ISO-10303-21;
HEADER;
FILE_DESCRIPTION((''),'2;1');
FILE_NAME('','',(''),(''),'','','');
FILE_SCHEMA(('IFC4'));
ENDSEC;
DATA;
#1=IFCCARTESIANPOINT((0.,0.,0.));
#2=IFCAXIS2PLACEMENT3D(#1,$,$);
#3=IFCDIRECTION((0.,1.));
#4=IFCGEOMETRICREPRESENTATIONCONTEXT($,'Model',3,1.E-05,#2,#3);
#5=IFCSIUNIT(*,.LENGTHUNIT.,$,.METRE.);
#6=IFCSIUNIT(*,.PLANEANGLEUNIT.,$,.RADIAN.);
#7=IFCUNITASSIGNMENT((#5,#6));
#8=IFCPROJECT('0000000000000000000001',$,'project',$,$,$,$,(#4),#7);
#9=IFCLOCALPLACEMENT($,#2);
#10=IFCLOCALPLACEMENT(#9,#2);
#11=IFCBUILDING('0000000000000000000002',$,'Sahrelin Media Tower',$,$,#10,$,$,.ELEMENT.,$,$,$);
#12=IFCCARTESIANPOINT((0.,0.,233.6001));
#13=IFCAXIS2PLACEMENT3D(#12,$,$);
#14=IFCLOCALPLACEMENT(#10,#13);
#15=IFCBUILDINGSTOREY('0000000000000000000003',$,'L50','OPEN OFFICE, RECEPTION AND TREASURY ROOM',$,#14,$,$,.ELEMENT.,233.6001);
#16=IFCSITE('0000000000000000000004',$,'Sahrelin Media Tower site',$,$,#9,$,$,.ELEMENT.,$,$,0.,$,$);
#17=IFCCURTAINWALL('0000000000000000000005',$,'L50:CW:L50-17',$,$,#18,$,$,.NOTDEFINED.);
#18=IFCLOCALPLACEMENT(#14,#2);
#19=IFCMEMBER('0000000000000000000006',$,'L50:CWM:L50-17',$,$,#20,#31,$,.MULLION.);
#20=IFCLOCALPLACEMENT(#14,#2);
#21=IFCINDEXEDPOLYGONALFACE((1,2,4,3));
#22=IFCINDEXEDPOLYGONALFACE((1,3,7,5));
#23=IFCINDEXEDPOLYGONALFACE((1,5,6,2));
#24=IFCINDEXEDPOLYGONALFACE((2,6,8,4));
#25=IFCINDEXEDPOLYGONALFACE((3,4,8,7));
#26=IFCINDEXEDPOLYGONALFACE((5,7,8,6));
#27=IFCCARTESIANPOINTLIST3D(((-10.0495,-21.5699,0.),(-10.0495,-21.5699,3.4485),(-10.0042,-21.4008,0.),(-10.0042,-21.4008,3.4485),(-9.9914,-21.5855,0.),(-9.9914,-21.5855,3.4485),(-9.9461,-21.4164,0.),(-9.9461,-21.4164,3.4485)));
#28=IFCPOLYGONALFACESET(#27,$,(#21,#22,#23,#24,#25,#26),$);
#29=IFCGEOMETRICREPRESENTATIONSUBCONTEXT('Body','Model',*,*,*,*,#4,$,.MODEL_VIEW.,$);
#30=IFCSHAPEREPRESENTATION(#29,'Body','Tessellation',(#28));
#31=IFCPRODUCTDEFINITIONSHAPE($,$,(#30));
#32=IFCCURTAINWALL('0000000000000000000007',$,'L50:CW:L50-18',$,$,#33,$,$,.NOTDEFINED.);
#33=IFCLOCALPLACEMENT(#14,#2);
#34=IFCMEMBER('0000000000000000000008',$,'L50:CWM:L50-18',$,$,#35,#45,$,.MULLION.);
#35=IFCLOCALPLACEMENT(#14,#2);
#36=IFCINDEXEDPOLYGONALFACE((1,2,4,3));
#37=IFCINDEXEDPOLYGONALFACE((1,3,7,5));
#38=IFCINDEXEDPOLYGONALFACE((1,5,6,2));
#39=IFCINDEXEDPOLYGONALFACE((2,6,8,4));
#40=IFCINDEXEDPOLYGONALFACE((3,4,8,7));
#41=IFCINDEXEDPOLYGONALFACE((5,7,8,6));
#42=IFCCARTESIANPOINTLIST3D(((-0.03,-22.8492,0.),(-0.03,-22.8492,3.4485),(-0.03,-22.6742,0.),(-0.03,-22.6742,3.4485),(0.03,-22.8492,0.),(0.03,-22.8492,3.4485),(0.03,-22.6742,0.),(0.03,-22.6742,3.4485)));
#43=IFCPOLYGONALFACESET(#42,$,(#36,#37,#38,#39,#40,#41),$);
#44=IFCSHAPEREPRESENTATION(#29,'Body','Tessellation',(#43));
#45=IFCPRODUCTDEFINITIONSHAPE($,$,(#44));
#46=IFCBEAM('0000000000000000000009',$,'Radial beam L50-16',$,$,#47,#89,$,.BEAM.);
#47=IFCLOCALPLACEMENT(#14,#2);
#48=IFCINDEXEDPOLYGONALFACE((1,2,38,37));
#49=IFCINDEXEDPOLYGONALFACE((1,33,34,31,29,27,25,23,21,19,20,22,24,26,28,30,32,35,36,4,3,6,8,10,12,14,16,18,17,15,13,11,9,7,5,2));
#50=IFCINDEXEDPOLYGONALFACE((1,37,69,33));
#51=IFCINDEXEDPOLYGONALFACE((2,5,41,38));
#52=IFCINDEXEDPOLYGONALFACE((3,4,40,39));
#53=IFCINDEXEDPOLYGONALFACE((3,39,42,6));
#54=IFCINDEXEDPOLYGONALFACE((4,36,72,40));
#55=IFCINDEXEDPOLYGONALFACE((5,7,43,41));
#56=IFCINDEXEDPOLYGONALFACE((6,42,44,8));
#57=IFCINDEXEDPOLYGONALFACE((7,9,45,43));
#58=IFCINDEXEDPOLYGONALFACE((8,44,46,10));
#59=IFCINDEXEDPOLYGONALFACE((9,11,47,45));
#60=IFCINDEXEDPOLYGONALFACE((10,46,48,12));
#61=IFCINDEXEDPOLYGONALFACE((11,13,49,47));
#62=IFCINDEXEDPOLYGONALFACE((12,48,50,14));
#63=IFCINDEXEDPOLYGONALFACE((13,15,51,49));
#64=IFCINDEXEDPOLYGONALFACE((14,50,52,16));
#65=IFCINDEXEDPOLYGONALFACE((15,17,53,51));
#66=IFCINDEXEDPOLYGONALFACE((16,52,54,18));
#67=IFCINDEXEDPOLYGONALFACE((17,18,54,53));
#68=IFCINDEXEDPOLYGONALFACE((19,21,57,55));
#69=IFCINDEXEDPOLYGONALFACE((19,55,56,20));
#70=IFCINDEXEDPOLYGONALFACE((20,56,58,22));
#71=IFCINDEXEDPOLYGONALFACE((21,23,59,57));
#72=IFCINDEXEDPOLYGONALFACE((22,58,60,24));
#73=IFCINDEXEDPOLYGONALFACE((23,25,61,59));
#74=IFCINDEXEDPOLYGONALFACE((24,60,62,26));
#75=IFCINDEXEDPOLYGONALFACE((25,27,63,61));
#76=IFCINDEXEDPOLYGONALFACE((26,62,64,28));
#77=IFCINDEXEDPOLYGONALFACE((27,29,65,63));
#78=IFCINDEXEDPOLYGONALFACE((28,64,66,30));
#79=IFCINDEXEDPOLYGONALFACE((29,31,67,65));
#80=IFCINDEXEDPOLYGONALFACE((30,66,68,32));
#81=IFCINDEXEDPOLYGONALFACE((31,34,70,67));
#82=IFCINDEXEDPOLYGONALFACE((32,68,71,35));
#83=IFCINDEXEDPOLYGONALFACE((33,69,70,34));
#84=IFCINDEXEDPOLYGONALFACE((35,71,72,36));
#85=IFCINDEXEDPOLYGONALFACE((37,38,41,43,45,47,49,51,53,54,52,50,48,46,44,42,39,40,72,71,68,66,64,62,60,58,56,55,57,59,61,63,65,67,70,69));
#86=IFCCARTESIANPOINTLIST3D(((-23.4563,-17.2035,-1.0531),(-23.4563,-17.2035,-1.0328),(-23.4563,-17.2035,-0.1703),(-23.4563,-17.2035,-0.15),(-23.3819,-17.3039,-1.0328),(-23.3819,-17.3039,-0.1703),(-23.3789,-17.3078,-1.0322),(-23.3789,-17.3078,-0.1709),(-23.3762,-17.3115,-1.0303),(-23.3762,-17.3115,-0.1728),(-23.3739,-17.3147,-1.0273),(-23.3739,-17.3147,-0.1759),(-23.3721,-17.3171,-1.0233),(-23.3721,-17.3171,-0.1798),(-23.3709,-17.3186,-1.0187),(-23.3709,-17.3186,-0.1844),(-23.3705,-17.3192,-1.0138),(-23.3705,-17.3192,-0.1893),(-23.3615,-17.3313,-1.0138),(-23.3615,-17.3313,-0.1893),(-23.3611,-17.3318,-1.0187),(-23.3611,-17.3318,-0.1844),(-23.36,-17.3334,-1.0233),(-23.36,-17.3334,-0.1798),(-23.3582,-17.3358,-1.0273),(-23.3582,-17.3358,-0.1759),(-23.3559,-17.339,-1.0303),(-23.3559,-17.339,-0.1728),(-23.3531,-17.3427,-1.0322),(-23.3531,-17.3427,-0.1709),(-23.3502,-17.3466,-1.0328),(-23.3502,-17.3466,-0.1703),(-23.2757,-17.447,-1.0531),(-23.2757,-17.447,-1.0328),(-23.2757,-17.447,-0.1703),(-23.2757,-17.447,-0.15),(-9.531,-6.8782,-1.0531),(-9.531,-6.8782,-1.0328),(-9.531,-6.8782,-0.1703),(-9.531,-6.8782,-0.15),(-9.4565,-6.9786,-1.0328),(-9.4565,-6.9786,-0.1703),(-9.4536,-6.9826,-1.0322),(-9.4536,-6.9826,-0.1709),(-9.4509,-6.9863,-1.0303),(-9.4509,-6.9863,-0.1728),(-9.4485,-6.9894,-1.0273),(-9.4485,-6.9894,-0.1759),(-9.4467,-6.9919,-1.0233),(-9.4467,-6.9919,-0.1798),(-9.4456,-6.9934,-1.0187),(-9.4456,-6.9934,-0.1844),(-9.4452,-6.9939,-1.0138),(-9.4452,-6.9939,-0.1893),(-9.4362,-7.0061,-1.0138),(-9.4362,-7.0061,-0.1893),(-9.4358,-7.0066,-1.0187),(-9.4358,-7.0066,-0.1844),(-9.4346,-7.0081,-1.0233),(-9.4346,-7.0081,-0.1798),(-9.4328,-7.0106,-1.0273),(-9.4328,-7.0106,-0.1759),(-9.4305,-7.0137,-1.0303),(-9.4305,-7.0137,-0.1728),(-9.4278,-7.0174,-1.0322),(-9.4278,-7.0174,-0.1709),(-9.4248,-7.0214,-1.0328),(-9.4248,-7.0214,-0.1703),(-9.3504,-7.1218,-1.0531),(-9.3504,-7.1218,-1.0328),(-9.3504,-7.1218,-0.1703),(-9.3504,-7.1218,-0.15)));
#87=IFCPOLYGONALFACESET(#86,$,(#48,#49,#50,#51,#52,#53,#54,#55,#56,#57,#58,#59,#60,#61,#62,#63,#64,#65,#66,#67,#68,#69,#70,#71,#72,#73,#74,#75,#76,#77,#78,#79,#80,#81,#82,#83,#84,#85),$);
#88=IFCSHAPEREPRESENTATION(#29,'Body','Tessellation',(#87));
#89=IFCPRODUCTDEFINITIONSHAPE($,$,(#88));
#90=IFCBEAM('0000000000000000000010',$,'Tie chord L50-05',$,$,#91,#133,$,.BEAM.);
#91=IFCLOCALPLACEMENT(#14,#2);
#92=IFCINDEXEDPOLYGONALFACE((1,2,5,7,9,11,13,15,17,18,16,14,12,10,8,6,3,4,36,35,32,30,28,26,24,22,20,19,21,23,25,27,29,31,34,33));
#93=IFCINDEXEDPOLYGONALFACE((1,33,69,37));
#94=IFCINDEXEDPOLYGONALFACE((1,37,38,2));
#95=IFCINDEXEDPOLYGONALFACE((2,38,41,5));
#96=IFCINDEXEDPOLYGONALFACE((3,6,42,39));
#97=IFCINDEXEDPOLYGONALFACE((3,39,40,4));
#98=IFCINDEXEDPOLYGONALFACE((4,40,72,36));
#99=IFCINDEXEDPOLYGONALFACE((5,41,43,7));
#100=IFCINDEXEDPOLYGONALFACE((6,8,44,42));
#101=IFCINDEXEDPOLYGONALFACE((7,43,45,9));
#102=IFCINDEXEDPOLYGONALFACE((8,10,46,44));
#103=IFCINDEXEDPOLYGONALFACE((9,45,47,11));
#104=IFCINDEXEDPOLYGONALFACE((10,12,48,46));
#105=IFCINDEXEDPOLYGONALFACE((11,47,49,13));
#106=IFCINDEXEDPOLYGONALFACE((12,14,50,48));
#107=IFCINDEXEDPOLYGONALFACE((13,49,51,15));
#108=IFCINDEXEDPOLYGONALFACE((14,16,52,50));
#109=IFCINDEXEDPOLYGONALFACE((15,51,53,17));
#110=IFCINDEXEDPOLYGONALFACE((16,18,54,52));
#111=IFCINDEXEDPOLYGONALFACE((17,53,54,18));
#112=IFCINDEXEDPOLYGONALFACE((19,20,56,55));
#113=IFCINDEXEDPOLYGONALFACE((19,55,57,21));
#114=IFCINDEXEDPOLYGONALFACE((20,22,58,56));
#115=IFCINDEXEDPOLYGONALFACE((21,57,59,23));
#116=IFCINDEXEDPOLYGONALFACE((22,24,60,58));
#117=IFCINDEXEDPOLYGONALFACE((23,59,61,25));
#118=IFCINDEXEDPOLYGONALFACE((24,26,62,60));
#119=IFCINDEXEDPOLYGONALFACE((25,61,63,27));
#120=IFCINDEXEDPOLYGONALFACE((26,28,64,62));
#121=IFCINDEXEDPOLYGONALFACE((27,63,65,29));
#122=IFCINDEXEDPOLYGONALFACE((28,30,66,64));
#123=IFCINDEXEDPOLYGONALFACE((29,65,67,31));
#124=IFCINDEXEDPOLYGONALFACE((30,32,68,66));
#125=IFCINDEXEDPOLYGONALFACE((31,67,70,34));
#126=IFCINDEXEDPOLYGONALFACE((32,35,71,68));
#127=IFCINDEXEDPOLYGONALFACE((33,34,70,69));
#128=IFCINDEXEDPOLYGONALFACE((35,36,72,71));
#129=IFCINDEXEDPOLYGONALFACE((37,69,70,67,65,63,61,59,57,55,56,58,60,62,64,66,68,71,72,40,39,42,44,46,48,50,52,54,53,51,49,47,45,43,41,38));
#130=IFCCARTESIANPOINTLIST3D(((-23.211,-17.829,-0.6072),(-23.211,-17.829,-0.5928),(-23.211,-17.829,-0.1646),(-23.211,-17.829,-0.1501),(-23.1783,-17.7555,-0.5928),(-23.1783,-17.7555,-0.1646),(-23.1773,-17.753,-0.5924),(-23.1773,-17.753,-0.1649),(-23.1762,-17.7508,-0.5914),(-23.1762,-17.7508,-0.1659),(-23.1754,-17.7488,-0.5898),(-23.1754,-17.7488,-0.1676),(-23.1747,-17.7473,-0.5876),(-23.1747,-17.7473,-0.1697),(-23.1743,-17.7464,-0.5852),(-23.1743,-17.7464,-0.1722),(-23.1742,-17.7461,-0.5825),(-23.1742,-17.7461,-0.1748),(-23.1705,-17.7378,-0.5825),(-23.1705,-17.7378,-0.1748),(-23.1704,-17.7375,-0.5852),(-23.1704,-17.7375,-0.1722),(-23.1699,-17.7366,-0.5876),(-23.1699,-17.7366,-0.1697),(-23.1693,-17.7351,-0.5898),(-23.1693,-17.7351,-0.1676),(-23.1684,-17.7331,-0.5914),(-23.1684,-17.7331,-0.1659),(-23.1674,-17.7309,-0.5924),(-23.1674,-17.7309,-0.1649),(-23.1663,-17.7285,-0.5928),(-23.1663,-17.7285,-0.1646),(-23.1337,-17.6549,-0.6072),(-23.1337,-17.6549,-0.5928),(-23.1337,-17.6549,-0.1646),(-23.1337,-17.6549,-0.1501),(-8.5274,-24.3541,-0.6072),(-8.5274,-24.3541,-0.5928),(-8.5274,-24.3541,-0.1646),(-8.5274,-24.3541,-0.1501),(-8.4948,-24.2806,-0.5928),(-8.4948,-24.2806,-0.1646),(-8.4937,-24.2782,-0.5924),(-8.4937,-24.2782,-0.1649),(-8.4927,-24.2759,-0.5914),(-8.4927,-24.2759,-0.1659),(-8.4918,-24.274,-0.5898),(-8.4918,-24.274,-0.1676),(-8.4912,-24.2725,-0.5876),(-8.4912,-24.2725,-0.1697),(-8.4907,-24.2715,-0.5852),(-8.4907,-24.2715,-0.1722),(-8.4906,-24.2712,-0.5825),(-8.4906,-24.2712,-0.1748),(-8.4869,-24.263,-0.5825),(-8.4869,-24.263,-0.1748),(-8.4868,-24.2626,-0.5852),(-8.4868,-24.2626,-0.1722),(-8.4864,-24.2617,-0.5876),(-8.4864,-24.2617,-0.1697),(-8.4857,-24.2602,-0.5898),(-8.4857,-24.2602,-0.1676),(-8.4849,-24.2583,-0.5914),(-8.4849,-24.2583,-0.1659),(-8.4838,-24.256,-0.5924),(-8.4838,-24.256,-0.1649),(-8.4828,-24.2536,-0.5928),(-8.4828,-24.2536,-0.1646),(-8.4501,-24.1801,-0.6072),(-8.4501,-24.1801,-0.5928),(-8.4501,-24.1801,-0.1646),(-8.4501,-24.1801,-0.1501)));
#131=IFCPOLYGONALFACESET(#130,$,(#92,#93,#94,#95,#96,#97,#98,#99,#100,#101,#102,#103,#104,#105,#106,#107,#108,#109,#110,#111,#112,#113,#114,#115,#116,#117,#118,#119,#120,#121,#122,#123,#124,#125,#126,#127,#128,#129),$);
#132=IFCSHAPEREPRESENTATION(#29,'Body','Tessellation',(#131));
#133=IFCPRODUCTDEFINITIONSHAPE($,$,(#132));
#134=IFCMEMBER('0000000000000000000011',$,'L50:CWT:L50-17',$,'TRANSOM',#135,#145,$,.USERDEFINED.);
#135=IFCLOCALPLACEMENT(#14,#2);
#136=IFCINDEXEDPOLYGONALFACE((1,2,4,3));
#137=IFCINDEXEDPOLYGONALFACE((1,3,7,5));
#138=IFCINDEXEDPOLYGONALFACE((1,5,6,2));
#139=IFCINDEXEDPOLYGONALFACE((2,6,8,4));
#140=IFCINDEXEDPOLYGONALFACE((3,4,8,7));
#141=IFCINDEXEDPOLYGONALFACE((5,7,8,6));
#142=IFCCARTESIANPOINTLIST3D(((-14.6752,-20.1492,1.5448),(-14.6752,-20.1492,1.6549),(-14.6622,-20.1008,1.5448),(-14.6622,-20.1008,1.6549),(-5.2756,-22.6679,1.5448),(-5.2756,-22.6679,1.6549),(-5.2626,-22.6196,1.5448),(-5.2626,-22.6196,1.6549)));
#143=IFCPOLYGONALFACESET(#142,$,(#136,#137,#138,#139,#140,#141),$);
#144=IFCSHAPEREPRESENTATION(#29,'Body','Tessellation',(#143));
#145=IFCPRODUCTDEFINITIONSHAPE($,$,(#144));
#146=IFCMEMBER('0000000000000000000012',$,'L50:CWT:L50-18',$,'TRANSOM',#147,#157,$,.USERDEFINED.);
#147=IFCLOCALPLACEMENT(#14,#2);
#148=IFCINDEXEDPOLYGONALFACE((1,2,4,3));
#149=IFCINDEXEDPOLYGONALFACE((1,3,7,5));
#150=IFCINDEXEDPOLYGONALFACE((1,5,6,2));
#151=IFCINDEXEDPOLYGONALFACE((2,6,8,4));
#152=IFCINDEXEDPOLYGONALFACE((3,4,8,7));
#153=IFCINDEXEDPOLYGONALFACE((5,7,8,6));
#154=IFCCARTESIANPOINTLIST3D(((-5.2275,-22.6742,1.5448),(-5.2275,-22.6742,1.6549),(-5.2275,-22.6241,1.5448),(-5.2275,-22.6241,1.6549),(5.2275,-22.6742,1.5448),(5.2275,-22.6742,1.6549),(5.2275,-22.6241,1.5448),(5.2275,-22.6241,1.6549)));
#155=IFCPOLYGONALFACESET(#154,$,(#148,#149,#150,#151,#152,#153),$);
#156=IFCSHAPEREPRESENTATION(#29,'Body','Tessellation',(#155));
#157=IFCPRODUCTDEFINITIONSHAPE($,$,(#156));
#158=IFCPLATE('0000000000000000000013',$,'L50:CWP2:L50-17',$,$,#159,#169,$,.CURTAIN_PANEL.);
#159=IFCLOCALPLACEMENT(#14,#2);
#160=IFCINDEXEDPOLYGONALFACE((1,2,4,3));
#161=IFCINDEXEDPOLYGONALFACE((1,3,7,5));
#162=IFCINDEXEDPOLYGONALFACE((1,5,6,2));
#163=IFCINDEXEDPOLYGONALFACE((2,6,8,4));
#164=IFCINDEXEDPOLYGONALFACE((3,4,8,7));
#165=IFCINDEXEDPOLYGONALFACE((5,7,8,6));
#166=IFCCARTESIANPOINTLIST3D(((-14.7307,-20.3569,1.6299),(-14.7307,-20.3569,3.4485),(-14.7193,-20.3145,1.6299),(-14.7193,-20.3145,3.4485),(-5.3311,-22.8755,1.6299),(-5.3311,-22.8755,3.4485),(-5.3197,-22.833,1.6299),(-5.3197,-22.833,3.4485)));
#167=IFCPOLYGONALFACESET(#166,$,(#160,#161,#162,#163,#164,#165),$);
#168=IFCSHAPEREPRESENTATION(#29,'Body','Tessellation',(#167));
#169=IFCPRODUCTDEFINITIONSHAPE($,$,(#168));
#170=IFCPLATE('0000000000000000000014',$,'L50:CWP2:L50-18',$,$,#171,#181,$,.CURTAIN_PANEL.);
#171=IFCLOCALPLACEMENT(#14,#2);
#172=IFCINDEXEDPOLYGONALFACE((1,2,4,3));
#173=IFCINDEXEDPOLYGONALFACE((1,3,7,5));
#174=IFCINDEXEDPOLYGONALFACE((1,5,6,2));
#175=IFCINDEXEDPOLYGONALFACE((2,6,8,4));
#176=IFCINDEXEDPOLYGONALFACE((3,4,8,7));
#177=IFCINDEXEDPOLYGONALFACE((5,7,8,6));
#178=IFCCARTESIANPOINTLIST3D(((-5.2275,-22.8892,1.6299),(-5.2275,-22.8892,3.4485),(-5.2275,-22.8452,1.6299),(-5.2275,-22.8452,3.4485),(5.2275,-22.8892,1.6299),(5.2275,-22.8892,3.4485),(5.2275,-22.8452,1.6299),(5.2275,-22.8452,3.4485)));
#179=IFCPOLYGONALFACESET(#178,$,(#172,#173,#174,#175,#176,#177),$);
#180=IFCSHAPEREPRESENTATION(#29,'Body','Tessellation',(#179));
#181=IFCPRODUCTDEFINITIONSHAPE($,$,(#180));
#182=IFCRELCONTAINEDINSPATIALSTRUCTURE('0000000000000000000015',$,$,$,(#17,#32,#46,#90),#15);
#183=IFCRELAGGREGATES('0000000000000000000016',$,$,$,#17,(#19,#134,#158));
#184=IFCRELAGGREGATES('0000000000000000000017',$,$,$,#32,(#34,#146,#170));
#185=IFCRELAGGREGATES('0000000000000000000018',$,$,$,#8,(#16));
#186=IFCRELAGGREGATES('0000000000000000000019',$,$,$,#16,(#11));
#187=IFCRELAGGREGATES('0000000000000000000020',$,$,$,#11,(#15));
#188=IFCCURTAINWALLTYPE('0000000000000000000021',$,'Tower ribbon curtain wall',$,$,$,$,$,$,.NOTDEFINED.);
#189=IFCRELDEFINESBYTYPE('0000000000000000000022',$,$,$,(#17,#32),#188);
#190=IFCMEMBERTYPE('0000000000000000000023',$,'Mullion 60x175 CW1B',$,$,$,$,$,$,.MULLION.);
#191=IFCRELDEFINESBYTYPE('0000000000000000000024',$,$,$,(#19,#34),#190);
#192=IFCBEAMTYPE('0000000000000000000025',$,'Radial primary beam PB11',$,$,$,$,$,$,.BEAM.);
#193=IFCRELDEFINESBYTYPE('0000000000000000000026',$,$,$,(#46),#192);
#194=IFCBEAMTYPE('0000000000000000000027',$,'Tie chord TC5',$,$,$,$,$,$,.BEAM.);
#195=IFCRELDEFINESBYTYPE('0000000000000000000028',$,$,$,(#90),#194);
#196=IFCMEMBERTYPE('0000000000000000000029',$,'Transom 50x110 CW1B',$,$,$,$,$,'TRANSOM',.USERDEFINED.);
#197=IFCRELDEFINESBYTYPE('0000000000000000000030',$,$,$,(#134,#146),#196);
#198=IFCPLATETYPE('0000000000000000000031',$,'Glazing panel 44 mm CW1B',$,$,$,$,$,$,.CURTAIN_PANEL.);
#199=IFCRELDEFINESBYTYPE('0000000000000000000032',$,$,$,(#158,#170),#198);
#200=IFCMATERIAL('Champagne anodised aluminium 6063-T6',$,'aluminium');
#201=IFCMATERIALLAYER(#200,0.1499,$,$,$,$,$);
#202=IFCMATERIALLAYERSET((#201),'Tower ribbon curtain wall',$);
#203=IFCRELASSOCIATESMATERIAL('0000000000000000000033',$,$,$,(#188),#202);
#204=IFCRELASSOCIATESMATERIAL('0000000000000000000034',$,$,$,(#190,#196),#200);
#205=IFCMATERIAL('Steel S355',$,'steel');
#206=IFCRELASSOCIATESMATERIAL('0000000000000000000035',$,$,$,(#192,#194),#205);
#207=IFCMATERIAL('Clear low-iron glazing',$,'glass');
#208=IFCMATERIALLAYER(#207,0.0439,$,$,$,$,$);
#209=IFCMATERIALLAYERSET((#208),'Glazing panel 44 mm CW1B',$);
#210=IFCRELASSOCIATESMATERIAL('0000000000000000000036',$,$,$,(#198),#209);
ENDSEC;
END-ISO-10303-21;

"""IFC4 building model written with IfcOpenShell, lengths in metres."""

from ifc_helpers import new_model, si_unit, direction, frame, origin, origin_2d, place, context, subcontext, project, spatial, polyline, rectangle, i_section, outline, extrude, material, layer, layer_set, material_profile, profile_set, type_object, element, aggregate, save


model = new_model("IFC4")

# Units and contexts
model_context = context("Model", 3, precision=1e-05, world=origin(), true_north=direction((0.0, 1.0)))
body_context = subcontext(model_context, "Body", "Model", "MODEL_VIEW")
ifc_project = project(units=[si_unit("LENGTHUNIT", "METRE"), si_unit("PLANEANGLEUNIT", "RADIAN")], contexts=[model_context])

# Site, building, storey
site_placement = place(None, origin())
site = spatial("IfcSite", under=ifc_project, at=site_placement, Name="Sahrelin Media Tower site", CompositionType="ELEMENT", RefElevation=0.0)
building_placement = place(site_placement, origin())
building = spatial("IfcBuilding", under=site, at=building_placement, Name="Sahrelin Media Tower", CompositionType="ELEMENT")
storey_placement = place(building_placement, frame((0.0, 0.0, 233.6001)))
storey = spatial("IfcBuildingStorey", under=building, at=storey_placement, Name="L50", Description="OPEN OFFICE, RECEPTION AND TREASURY ROOM", CompositionType="ELEMENT", Elevation=233.6001)

# Shared definitions
ifc_material_1 = material(Name="Steel S355", Category="steel")

# Curtain walls, members
ifc_material_2 = material(Name="Champagne anodised aluminium 6063-T6", Category="aluminium")
ifc_layer_1 = layer(ifc_material_2, 0.1499)
ifc_layer_set_1 = layer_set([ifc_layer_1], Name="Tower ribbon curtain wall")
curtain_wall_type = type_object("IfcCurtainWallType", Name="Tower ribbon curtain wall", PredefinedType="NOTDEFINED", material=ifc_layer_set_1)
ifc_material_profile_1 = material_profile(ifc_material_2, rectangle(XDim=0.0601, YDim=0.175, at=origin_2d()), Name="Mullion 60x175")
ifc_profile_set_1 = profile_set([ifc_material_profile_1], Name="Champagne anodised aluminium 6063-T6")
member_type_1 = type_object("IfcMemberType", Name="Mullion 60x175 CW1B", PredefinedType="MULLION", material=ifc_profile_set_1)
curtain_wall_1_placement = place(storey_placement, frame((-10.0256, -21.5969, 0.0), z_axis=(0.0, 0.0, 1.0), x_axis=(1.0, 0.0, 0.0)))
curtain_wall_1 = element("IfcCurtainWall", 1, at=curtain_wall_1_placement, inside=storey, type_object=curtain_wall_type, Name="L50:CW:L50-17", PredefinedType="NOTDEFINED")
member_1_placement = place(storey_placement, frame((-9.9978, -21.4932, 0.0), z_axis=(0.0, 0.0, 1.0), x_axis=(0.965926, -0.258819, 0.0)))
member_1 = element("IfcMember", 2, at=member_1_placement, type_object=member_type_1, Name="L50:CWM:L50-17", PredefinedType="MULLION", context=body_context, shape_type="SweptSolid", body=[
    extrude(rectangle(XDim=0.0601, YDim=0.175, at=origin_2d()), origin(), (0.0, 0.0, 1.0), 3.4485),
])
curtain_wall_2_placement = place(storey_placement, frame((0.0, -22.8691, 0.0), z_axis=(0.0, 0.0, 1.0), x_axis=(1.0, 0.0, 0.0)))
curtain_wall_2 = element("IfcCurtainWall", 3, at=curtain_wall_2_placement, inside=storey, type_object=curtain_wall_type, Name="L50:CW:L50-18", PredefinedType="NOTDEFINED")
member_2_placement = place(storey_placement, frame((0.0, -22.7617, 0.0), z_axis=(0.0, 0.0, 1.0), x_axis=(1.0, 0.0, 0.0)))
member_2 = element("IfcMember", 4, at=member_2_placement, type_object=member_type_1, Name="L50:CWM:L50-18", PredefinedType="MULLION", context=body_context, shape_type="SweptSolid", body=[
    extrude(rectangle(XDim=0.0601, YDim=0.175, at=origin_2d()), origin(), (0.0, 0.0, 1.0), 3.4485),
])

# Beams
ifc_material_profile_2 = material_profile(ifc_material_1, i_section(OverallWidth=0.3032, OverallDepth=0.9031, WebThickness=0.0151, FlangeThickness=0.0203, FilletRadius=0.019, at=origin_2d()), Name="UB 914x305x201")
ifc_profile_set_2 = profile_set([ifc_material_profile_2], Name="Steel S355")
beam_type_1 = type_object("IfcBeamType", Name="Radial primary beam PB11", PredefinedType="BEAM", material=ifc_profile_set_2)
beam_1_placement = place(storey_placement, frame((-9.4407, -7.0, -0.6016), z_axis=(-0.803277, -0.595606, 0.0), x_axis=(0.595606, -0.803277, 0.0)))
element("IfcBeam", 5, at=beam_1_placement, inside=storey, type_object=beam_type_1, Name="Radial beam L50-16", PredefinedType="BEAM", context=body_context, shape_type="SweptSolid", body=[
    extrude(i_section(OverallWidth=0.3032, OverallDepth=0.9031, WebThickness=0.0151, FlangeThickness=0.0203, FilletRadius=0.019, at=origin_2d()), origin(), (0.0, 0.0, 1.0), 17.3357),
])
ifc_material_profile_3 = material_profile(ifc_material_1, i_section(OverallWidth=0.1904, OverallDepth=0.457, WebThickness=0.009, FlangeThickness=0.0144, FilletRadius=0.0103, at=origin_2d()), Name="UB 457x191x74")
ifc_profile_set_3 = profile_set([ifc_material_profile_3], Name="Steel S355")
beam_type_2 = type_object("IfcBeamType", Name="Tie chord TC5", PredefinedType="BEAM", material=ifc_profile_set_3)
beam_2_placement = place(storey_placement, frame((-8.4888, -24.2671, -0.3787), z_axis=(-0.913832, 0.406092, 0.0), x_axis=(-0.406092, -0.913832, 0.0)))
element("IfcBeam", 6, at=beam_2_placement, inside=storey, type_object=beam_type_2, Name="Tie chord L50-05", PredefinedType="BEAM", context=body_context, shape_type="SweptSolid", body=[
    extrude(i_section(OverallWidth=0.1904, OverallDepth=0.457, WebThickness=0.009, FlangeThickness=0.0144, FilletRadius=0.0103, at=origin_2d()), origin(), (0.0, 0.0, 1.0), 16.0681),
])

# Members
ifc_material_profile_4 = material_profile(ifc_material_2, rectangle(XDim=0.05, YDim=0.1101, at=origin_2d()), Name="Transom 50x110")
ifc_profile_set_4 = profile_set([ifc_material_profile_4], Name="Champagne anodised aluminium 6063-T6")
member_type_2 = type_object("IfcMemberType", Name="Transom 50x110 CW1B", ElementType="TRANSOM", PredefinedType="USERDEFINED", material=ifc_profile_set_4)
member_3_placement = place(storey_placement, frame((-14.6687, -20.125, 1.5999), z_axis=(0.965922, -0.258835, 0.0), x_axis=(0.258835, 0.965922, 0.0)))
member_3 = element("IfcMember", 7, at=member_3_placement, type_object=member_type_2, Name="L50:CWT:L50-17", ObjectType="TRANSOM", PredefinedType="USERDEFINED", context=body_context, shape_type="SweptSolid", body=[
    extrude(rectangle(XDim=0.05, YDim=0.1101, at=origin_2d()), origin(), (0.0, 0.0, 1.0), 9.7312),
])
member_4_placement = place(storey_placement, frame((-5.2275, -22.6492, 1.5999), z_axis=(1.0, 0.0, 0.0), x_axis=(0.0, 1.0, 0.0)))
member_4 = element("IfcMember", 8, at=member_4_placement, type_object=member_type_2, Name="L50:CWT:L50-18", ObjectType="TRANSOM", PredefinedType="USERDEFINED", context=body_context, shape_type="SweptSolid", body=[
    extrude(rectangle(XDim=0.05, YDim=0.1101, at=origin_2d()), origin(), (0.0, 0.0, 1.0), 10.4551),
])

# Plates
ifc_material_3 = material(Name="Clear low-iron glazing", Category="glass")
ifc_layer_2 = layer(ifc_material_3, 0.0439)
ifc_layer_set_2 = layer_set([ifc_layer_2], Name="Glazing panel 44 mm CW1B")
plate_type_1 = type_object("IfcPlateType", Name="Glazing panel 44 mm CW1B", PredefinedType="CURTAIN_PANEL", material=ifc_layer_set_2)
plate_1_placement = place(storey_placement, frame((-14.7307, -20.3569, 1.6299), z_axis=(-0.258812, -0.965928, 0.0), x_axis=(0.965928, -0.258812, 0.0)))
plate_1 = element("IfcPlate", 9, at=plate_1_placement, type_object=plate_type_1, Name="L50:CWP2:L50-17", PredefinedType="CURTAIN_PANEL", context=body_context, shape_type="SweptSolid", body=[
    extrude(outline(polyline([(0.0, 0.0), (9.7312, 0.0), (9.7312, 1.8186), (0.0, 1.8186), (0.0, 0.0)])), origin(), (0.0, 0.0, -1.0), 0.0439),
])
plate_2_placement = place(storey_placement, frame((-5.2275, -22.8892, 1.6299), z_axis=(0.0, -1.0, 0.0), x_axis=(1.0, 0.0, 0.0)))
plate_2 = element("IfcPlate", 10, at=plate_2_placement, type_object=plate_type_1, Name="L50:CWP2:L50-18", PredefinedType="CURTAIN_PANEL", context=body_context, shape_type="SweptSolid", body=[
    extrude(outline(polyline([(0.0, 0.0), (10.4551, 0.0), (10.4551, 1.8186), (0.0, 1.8186), (0.0, 0.0)])), origin(), (0.0, 0.0, -1.0), 0.0439),
])
aggregate(curtain_wall_1, [member_1, member_3, plate_1])
aggregate(curtain_wall_2, [member_2, member_4, plate_2])

save(model, "model.ifc")
